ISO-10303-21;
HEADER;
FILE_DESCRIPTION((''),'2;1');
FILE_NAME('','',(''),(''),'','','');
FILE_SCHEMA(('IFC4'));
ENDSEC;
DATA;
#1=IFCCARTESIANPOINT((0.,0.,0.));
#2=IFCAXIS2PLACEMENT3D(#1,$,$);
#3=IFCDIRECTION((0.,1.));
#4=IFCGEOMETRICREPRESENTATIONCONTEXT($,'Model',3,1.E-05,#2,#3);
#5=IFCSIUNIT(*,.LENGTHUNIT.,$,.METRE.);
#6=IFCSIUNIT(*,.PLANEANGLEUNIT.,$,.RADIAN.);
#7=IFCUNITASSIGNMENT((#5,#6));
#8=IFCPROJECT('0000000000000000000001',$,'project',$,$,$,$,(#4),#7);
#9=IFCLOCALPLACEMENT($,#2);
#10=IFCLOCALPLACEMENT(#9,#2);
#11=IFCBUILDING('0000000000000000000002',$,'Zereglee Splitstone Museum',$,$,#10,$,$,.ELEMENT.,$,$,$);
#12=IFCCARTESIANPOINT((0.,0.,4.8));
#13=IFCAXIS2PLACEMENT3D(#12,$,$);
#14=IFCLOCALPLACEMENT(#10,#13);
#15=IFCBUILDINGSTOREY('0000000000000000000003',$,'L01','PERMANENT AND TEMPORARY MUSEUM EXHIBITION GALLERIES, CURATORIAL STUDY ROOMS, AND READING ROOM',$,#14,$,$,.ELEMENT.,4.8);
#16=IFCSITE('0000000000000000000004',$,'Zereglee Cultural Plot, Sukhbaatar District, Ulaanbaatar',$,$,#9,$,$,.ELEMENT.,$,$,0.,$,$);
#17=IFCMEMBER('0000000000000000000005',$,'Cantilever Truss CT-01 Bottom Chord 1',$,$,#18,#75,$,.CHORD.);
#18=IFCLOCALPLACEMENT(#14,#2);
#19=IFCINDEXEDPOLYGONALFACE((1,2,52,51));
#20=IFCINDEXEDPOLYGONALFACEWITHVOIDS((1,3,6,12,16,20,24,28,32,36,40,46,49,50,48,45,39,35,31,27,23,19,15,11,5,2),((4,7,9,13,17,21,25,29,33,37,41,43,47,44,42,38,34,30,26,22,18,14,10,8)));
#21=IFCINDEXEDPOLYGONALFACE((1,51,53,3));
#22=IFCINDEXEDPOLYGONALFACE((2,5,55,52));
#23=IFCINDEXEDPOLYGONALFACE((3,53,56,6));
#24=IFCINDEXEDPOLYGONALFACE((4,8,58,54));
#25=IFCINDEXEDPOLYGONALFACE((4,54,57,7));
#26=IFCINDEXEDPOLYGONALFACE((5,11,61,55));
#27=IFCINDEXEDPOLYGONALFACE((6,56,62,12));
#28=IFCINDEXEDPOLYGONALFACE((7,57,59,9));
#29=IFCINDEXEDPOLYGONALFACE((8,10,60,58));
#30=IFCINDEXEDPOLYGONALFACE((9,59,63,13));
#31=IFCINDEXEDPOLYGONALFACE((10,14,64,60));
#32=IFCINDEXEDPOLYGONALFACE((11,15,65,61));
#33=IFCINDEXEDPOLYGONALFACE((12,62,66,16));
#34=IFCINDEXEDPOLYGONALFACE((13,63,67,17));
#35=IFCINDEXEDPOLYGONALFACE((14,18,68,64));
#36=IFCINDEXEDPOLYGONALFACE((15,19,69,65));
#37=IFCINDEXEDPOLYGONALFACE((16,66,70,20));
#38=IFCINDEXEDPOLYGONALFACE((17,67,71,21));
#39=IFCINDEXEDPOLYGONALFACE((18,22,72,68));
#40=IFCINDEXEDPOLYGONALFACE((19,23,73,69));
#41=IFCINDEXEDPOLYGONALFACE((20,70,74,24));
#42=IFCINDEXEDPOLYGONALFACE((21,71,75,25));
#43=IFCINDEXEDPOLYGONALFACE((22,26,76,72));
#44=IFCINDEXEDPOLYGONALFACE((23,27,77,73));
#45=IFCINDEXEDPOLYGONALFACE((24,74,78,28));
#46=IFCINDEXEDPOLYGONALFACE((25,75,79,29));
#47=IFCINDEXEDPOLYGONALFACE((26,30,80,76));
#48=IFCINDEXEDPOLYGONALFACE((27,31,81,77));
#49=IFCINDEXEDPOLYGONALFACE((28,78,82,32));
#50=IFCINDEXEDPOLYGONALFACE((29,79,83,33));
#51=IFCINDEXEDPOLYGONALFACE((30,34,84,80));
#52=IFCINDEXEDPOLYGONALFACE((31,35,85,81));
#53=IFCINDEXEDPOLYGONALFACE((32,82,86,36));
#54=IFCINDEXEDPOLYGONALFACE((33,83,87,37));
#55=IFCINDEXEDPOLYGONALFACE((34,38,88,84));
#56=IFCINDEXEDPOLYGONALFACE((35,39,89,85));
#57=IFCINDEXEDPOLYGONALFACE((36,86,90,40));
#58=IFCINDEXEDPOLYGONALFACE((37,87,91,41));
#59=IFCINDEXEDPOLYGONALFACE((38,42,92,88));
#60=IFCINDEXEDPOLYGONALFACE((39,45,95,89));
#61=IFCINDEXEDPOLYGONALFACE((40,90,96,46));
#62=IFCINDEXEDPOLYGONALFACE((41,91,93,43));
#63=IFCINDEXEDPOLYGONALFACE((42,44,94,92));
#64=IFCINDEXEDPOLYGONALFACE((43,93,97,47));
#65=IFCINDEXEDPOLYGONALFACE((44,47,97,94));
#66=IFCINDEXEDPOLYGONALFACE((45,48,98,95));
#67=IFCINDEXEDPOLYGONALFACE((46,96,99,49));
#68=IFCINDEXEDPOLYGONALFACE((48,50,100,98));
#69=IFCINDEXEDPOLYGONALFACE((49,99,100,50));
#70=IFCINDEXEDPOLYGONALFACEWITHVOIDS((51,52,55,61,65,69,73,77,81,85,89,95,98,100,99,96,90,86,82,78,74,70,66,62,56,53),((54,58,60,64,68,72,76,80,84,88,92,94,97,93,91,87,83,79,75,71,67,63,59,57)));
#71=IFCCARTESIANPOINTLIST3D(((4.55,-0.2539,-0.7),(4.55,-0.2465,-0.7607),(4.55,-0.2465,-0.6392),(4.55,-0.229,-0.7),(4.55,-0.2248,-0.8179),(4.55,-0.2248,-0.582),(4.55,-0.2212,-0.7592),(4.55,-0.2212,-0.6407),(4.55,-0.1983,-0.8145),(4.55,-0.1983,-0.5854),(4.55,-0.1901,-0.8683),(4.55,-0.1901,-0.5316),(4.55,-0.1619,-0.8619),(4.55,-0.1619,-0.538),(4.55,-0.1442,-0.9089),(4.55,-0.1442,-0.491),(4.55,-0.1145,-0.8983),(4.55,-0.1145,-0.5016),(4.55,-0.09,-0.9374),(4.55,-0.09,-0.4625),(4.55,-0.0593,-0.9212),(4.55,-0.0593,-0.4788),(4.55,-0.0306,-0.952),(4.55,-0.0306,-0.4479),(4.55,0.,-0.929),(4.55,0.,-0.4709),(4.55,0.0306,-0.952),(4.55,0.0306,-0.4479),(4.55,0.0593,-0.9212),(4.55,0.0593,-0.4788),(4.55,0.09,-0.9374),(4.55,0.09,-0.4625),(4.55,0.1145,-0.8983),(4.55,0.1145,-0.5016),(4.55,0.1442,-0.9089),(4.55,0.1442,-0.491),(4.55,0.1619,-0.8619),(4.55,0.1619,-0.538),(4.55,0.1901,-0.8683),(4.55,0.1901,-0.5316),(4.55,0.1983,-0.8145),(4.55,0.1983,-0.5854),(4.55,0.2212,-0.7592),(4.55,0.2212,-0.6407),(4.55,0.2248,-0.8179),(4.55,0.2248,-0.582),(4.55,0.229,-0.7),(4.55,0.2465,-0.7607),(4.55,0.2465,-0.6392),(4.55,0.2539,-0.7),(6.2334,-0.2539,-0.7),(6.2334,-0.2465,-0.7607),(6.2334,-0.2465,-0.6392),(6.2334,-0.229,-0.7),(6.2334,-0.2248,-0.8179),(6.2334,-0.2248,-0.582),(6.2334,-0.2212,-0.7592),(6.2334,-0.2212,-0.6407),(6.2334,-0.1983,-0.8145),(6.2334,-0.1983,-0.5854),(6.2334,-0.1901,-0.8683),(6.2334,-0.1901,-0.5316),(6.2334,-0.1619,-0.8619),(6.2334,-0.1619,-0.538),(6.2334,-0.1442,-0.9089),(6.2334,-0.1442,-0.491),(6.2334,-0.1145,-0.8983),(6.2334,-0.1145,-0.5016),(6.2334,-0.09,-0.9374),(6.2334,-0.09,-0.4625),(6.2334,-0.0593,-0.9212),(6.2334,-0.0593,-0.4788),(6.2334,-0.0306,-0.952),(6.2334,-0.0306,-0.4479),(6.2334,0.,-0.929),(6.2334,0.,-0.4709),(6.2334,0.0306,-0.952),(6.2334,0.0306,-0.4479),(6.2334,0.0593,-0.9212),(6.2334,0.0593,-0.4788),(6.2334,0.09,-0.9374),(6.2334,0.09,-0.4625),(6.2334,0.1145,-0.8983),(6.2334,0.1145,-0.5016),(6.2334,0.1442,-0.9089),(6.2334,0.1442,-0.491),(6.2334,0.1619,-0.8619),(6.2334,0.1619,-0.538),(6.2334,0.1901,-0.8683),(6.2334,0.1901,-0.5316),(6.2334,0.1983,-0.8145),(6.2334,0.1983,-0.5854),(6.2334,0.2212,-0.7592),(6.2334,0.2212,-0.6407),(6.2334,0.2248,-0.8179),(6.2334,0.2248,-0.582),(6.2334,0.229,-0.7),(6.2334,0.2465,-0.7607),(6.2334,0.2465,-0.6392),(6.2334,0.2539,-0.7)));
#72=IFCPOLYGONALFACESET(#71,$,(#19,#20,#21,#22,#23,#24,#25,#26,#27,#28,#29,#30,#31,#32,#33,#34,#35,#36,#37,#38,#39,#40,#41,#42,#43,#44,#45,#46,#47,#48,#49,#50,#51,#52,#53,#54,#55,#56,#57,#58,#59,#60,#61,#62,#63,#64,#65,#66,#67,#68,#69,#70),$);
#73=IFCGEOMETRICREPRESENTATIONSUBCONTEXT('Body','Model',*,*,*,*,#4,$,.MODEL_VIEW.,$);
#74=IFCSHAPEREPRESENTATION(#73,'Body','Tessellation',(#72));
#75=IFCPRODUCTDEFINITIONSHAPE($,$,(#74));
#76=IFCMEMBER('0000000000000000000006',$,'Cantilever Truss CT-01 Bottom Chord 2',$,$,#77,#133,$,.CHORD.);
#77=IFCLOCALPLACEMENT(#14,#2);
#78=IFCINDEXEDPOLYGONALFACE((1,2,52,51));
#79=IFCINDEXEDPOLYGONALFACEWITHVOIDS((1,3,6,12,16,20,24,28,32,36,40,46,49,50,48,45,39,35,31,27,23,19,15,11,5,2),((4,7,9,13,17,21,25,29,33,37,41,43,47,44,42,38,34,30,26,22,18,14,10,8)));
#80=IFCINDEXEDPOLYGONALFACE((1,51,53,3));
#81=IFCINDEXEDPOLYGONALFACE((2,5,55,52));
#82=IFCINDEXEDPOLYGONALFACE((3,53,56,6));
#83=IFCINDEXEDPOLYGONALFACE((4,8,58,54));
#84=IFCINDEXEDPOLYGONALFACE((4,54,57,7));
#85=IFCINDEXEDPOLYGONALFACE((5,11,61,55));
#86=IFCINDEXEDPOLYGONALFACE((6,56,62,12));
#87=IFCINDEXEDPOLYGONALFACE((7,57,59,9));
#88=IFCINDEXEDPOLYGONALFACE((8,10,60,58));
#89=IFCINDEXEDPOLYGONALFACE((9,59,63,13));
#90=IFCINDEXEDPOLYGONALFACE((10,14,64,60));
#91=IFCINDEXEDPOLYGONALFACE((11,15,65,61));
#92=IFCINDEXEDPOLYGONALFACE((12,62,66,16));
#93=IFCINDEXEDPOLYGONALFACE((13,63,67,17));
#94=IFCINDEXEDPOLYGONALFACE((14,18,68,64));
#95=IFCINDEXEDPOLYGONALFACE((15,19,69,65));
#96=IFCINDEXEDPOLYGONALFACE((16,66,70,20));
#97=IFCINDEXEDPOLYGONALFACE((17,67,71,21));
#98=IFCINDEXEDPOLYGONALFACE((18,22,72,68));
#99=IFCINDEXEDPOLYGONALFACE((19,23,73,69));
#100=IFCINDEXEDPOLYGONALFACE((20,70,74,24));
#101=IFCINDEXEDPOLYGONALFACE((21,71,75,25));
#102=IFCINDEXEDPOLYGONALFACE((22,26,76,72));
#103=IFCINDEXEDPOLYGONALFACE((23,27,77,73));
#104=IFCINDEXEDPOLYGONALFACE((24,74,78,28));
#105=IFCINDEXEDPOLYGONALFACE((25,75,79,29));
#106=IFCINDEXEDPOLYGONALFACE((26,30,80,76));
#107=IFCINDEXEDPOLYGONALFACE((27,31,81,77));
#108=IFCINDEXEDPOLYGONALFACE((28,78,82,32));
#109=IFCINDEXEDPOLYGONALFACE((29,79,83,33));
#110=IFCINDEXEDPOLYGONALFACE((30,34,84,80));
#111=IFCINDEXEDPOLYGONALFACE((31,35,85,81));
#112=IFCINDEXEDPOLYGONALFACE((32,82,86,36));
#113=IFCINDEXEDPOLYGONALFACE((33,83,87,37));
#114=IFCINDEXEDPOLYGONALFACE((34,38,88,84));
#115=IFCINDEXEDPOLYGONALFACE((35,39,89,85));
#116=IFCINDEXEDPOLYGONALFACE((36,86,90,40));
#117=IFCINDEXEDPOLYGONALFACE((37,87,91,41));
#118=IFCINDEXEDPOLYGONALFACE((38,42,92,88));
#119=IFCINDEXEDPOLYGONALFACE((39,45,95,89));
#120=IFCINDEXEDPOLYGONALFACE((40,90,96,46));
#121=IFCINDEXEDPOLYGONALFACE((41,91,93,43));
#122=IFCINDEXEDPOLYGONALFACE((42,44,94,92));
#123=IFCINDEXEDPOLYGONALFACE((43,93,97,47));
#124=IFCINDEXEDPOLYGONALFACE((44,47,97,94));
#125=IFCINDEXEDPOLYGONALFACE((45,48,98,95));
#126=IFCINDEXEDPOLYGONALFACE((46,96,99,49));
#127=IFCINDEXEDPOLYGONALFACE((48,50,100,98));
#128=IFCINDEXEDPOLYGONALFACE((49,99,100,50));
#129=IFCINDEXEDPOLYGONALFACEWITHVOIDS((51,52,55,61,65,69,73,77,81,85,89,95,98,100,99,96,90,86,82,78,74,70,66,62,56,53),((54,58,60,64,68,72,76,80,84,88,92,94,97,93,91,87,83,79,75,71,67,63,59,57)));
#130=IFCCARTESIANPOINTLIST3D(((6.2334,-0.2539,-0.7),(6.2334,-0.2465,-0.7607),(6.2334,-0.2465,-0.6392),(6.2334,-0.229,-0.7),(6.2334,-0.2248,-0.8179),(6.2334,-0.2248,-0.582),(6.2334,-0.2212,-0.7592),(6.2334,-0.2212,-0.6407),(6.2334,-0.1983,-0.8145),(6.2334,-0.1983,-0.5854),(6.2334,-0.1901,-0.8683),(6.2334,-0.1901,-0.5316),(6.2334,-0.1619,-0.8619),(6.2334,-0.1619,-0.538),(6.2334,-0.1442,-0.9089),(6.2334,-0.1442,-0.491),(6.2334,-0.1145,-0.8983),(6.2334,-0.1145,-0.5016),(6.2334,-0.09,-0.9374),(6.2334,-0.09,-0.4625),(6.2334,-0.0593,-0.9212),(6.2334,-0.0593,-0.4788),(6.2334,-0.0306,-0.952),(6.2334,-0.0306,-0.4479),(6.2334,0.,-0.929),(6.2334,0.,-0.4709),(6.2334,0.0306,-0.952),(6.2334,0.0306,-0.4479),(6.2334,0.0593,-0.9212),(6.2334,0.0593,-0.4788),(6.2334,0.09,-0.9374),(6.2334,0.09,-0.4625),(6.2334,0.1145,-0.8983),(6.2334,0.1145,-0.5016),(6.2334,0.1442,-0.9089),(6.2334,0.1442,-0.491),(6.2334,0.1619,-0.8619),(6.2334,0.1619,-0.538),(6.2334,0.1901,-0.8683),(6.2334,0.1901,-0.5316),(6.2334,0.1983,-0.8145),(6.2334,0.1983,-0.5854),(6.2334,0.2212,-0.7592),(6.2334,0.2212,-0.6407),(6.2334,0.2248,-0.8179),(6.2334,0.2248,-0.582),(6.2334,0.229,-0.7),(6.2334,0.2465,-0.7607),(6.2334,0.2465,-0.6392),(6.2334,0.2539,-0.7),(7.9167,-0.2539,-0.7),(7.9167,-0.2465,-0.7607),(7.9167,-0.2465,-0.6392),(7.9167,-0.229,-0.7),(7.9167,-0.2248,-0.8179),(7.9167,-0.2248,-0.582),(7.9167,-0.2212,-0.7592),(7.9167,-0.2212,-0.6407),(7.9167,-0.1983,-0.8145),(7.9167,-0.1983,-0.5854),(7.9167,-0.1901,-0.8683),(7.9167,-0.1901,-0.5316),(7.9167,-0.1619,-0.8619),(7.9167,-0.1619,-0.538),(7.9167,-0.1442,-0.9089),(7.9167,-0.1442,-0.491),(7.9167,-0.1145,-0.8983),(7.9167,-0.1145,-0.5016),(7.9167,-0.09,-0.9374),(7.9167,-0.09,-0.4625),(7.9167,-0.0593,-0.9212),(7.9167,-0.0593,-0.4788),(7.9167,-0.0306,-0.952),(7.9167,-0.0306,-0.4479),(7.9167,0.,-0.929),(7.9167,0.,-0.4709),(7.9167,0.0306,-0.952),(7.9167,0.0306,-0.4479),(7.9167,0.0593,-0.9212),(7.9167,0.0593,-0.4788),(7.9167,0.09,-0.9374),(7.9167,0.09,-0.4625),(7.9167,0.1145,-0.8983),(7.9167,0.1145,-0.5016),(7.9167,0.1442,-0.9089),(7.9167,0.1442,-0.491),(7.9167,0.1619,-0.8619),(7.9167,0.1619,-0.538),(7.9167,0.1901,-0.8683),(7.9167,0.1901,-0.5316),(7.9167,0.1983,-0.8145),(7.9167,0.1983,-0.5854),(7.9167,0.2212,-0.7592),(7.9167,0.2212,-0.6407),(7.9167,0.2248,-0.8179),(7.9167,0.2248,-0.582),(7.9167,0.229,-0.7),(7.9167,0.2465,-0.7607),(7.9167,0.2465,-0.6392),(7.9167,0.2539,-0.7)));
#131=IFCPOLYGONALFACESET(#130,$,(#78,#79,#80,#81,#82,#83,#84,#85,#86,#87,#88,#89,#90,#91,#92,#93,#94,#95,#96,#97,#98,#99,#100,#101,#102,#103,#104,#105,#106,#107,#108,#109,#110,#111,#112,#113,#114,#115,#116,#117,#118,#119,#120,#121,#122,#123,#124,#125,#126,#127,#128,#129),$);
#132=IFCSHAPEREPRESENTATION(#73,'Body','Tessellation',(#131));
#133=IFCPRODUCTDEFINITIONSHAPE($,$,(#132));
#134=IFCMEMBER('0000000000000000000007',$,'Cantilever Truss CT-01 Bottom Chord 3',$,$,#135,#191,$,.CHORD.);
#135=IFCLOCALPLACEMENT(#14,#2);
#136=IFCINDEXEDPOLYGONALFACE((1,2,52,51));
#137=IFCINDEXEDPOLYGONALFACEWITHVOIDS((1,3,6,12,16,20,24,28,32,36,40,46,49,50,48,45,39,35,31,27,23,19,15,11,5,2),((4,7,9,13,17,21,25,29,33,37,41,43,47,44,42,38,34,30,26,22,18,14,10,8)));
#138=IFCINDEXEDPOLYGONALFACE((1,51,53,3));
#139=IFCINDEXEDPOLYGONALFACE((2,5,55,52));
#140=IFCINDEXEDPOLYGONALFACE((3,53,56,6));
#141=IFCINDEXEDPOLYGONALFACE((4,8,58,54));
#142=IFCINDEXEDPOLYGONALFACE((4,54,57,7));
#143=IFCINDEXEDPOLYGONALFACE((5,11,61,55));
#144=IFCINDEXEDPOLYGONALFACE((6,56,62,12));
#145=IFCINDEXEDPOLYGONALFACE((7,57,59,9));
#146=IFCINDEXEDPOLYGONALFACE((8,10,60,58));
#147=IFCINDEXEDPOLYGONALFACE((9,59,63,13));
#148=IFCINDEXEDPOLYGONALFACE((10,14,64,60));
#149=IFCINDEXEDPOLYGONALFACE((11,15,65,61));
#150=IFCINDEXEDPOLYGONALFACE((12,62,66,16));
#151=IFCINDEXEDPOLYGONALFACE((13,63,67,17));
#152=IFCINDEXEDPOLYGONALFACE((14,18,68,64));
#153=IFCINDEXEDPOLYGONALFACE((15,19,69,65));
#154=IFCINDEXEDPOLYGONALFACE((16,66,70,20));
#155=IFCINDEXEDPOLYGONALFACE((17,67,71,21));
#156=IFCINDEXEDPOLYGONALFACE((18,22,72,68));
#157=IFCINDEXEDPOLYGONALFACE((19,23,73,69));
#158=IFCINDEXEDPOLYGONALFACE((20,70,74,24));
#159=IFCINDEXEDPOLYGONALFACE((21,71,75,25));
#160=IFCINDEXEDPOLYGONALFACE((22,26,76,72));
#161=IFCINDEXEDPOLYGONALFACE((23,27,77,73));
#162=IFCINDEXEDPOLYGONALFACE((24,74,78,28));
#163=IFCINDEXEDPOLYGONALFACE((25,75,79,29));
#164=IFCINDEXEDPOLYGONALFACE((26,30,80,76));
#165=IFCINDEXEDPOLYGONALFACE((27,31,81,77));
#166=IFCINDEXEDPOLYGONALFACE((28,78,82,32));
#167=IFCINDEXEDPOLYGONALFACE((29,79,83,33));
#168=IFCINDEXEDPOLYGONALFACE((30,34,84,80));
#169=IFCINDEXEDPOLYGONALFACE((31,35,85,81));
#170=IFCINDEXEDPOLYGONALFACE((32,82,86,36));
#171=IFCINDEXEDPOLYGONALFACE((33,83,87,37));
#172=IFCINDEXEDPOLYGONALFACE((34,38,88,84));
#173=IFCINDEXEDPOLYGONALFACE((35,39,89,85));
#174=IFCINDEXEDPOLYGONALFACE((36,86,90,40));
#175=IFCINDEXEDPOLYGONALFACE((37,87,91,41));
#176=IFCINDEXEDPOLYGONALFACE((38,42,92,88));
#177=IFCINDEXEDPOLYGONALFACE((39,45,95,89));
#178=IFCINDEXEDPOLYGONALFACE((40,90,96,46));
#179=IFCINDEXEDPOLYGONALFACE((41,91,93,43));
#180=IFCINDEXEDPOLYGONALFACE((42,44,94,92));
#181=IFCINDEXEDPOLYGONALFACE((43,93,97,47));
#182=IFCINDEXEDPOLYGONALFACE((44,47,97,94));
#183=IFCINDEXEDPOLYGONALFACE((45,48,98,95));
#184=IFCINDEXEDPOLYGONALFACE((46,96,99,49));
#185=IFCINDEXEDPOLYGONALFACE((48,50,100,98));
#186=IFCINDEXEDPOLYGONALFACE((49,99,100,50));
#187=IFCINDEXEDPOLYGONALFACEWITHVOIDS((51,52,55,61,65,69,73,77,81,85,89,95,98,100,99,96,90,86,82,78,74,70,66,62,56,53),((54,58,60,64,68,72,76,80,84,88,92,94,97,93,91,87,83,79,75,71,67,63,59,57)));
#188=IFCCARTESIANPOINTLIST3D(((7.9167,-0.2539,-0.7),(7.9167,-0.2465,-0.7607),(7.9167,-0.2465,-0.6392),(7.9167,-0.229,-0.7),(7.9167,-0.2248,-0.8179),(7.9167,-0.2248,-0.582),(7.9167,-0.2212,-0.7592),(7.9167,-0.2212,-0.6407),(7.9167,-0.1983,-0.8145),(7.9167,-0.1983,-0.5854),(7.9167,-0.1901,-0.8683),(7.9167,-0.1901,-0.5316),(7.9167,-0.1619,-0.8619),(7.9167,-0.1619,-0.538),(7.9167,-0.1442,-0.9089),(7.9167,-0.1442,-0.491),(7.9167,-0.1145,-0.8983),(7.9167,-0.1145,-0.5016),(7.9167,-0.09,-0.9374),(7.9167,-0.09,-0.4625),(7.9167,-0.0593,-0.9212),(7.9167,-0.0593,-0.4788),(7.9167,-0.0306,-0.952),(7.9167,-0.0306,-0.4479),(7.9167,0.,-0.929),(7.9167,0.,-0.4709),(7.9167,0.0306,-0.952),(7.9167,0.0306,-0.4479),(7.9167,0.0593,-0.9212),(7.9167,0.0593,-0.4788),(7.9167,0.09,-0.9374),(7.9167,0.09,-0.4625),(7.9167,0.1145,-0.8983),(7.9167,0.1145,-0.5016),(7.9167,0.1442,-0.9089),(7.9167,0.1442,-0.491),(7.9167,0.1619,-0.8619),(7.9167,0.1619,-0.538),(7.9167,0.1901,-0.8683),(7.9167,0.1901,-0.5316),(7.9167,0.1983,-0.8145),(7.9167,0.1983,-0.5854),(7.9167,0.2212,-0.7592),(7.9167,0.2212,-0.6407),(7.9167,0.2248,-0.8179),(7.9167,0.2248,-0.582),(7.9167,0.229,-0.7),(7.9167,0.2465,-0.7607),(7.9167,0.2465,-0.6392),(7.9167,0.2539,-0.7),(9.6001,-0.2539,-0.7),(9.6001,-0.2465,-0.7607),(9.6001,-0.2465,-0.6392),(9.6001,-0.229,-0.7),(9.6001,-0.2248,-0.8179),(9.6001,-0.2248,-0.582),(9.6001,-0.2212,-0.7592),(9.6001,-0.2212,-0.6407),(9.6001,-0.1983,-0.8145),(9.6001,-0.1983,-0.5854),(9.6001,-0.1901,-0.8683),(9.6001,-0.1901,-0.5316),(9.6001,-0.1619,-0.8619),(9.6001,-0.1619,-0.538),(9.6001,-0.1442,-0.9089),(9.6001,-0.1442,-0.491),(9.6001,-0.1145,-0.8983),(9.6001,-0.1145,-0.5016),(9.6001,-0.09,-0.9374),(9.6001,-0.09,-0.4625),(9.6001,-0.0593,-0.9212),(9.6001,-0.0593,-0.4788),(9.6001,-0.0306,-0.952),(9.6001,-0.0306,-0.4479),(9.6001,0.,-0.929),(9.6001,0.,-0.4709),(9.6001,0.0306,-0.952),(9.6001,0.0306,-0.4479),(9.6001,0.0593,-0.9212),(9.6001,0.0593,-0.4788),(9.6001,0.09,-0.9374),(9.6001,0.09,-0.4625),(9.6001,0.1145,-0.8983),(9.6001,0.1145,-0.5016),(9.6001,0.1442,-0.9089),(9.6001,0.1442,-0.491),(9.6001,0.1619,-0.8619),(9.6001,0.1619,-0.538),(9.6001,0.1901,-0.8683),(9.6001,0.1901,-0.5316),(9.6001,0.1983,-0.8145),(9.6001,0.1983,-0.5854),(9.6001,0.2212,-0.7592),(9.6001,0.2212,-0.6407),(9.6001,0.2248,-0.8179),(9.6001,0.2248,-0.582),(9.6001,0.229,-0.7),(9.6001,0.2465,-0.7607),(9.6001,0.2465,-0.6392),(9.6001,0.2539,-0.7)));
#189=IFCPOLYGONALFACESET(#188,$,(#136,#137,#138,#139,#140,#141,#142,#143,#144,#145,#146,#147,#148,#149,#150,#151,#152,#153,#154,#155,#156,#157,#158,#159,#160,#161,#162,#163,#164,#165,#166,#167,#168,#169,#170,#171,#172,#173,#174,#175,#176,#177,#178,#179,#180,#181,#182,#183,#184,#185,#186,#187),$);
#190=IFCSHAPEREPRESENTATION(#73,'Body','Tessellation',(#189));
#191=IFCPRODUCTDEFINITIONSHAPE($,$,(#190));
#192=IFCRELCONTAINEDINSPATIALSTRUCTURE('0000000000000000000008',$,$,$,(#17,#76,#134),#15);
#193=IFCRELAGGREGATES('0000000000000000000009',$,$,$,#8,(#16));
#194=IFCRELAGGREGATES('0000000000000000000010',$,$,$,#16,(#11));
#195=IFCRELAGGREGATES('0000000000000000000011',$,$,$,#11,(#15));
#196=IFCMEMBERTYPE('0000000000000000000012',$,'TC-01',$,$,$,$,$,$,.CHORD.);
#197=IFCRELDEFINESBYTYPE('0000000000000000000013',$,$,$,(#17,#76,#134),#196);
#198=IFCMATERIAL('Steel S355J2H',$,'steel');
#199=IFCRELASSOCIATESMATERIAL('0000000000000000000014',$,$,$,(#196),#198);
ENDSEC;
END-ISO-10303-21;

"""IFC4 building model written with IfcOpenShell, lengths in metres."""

from ifc_helpers import new_model, si_unit, direction, frame, origin, origin_2d, place, context, subcontext, project, spatial, hollow_circle, extrude, material, material_profile, profile_set, type_object, element, save


model = new_model("IFC4")

# Units and contexts
model_context = context("Model", 3, precision=1e-05, world=origin(), true_north=direction((0.0, 1.0)))
body_context = subcontext(model_context, "Body", "Model", "MODEL_VIEW")
ifc_project = project(units=[si_unit("LENGTHUNIT", "METRE"), si_unit("PLANEANGLEUNIT", "RADIAN")], contexts=[model_context])

# Site, building, storey
site_placement = place(None, origin())
site = spatial("IfcSite", under=ifc_project, at=site_placement, Name="Zereglee Cultural Plot, Sukhbaatar District, Ulaanbaatar", CompositionType="ELEMENT", RefElevation=0.0)
building_placement = place(site_placement, origin())
building = spatial("IfcBuilding", under=site, at=building_placement, Name="Zereglee Splitstone Museum", CompositionType="ELEMENT")
storey_placement = place(building_placement, frame((0.0, 0.0, 4.8)))
storey = spatial("IfcBuildingStorey", under=building, at=storey_placement, Name="L01", Description="PERMANENT AND TEMPORARY MUSEUM EXHIBITION GALLERIES, CURATORIAL STUDY ROOMS, AND READING ROOM", CompositionType="ELEMENT", Elevation=4.8)

# Members
ifc_material_1 = material(Name="Steel S355J2H", Category="steel")
ifc_material_profile_1 = material_profile(ifc_material_1, hollow_circle(Radius=0.2539, WallThickness=0.0249, at=origin_2d()), Name="CHS 508.0x25")
ifc_profile_set_1 = profile_set([ifc_material_profile_1], Name="Steel S355J2H")
member_type_1 = type_object("IfcMemberType", Name="TC-01", PredefinedType="CHORD", material=ifc_profile_set_1)
for number, where, z_axis, x_axis, name in (
    (1, (4.55, 0.0, -0.7), (1.0, 0.0, 0.0), (0.0, 1.0, 0.0), "Cantilever Truss CT-01 Bottom Chord 1"),
    (2, (6.2334, 0.0, -0.7), (1.0, 0.0, 0.0), (0.0, 1.0, 0.0), "Cantilever Truss CT-01 Bottom Chord 2"),
    (3, (7.9167, 0.0, -0.7), (1.0, 0.0, 0.0), (0.0, 1.0, 0.0), "Cantilever Truss CT-01 Bottom Chord 3"),
):
    element("IfcMember", number, at=place(storey_placement, frame(where, z_axis=z_axis, x_axis=x_axis)), inside=storey, type_object=member_type_1, Name=name, PredefinedType="CHORD", context=body_context, shape_type="SweptSolid", body=[
        extrude(hollow_circle(Radius=0.2539, WallThickness=0.0249, at=origin_2d()), origin(), (0.0, 0.0, 1.0), 1.6833),
    ])

save(model, "model.ifc")
